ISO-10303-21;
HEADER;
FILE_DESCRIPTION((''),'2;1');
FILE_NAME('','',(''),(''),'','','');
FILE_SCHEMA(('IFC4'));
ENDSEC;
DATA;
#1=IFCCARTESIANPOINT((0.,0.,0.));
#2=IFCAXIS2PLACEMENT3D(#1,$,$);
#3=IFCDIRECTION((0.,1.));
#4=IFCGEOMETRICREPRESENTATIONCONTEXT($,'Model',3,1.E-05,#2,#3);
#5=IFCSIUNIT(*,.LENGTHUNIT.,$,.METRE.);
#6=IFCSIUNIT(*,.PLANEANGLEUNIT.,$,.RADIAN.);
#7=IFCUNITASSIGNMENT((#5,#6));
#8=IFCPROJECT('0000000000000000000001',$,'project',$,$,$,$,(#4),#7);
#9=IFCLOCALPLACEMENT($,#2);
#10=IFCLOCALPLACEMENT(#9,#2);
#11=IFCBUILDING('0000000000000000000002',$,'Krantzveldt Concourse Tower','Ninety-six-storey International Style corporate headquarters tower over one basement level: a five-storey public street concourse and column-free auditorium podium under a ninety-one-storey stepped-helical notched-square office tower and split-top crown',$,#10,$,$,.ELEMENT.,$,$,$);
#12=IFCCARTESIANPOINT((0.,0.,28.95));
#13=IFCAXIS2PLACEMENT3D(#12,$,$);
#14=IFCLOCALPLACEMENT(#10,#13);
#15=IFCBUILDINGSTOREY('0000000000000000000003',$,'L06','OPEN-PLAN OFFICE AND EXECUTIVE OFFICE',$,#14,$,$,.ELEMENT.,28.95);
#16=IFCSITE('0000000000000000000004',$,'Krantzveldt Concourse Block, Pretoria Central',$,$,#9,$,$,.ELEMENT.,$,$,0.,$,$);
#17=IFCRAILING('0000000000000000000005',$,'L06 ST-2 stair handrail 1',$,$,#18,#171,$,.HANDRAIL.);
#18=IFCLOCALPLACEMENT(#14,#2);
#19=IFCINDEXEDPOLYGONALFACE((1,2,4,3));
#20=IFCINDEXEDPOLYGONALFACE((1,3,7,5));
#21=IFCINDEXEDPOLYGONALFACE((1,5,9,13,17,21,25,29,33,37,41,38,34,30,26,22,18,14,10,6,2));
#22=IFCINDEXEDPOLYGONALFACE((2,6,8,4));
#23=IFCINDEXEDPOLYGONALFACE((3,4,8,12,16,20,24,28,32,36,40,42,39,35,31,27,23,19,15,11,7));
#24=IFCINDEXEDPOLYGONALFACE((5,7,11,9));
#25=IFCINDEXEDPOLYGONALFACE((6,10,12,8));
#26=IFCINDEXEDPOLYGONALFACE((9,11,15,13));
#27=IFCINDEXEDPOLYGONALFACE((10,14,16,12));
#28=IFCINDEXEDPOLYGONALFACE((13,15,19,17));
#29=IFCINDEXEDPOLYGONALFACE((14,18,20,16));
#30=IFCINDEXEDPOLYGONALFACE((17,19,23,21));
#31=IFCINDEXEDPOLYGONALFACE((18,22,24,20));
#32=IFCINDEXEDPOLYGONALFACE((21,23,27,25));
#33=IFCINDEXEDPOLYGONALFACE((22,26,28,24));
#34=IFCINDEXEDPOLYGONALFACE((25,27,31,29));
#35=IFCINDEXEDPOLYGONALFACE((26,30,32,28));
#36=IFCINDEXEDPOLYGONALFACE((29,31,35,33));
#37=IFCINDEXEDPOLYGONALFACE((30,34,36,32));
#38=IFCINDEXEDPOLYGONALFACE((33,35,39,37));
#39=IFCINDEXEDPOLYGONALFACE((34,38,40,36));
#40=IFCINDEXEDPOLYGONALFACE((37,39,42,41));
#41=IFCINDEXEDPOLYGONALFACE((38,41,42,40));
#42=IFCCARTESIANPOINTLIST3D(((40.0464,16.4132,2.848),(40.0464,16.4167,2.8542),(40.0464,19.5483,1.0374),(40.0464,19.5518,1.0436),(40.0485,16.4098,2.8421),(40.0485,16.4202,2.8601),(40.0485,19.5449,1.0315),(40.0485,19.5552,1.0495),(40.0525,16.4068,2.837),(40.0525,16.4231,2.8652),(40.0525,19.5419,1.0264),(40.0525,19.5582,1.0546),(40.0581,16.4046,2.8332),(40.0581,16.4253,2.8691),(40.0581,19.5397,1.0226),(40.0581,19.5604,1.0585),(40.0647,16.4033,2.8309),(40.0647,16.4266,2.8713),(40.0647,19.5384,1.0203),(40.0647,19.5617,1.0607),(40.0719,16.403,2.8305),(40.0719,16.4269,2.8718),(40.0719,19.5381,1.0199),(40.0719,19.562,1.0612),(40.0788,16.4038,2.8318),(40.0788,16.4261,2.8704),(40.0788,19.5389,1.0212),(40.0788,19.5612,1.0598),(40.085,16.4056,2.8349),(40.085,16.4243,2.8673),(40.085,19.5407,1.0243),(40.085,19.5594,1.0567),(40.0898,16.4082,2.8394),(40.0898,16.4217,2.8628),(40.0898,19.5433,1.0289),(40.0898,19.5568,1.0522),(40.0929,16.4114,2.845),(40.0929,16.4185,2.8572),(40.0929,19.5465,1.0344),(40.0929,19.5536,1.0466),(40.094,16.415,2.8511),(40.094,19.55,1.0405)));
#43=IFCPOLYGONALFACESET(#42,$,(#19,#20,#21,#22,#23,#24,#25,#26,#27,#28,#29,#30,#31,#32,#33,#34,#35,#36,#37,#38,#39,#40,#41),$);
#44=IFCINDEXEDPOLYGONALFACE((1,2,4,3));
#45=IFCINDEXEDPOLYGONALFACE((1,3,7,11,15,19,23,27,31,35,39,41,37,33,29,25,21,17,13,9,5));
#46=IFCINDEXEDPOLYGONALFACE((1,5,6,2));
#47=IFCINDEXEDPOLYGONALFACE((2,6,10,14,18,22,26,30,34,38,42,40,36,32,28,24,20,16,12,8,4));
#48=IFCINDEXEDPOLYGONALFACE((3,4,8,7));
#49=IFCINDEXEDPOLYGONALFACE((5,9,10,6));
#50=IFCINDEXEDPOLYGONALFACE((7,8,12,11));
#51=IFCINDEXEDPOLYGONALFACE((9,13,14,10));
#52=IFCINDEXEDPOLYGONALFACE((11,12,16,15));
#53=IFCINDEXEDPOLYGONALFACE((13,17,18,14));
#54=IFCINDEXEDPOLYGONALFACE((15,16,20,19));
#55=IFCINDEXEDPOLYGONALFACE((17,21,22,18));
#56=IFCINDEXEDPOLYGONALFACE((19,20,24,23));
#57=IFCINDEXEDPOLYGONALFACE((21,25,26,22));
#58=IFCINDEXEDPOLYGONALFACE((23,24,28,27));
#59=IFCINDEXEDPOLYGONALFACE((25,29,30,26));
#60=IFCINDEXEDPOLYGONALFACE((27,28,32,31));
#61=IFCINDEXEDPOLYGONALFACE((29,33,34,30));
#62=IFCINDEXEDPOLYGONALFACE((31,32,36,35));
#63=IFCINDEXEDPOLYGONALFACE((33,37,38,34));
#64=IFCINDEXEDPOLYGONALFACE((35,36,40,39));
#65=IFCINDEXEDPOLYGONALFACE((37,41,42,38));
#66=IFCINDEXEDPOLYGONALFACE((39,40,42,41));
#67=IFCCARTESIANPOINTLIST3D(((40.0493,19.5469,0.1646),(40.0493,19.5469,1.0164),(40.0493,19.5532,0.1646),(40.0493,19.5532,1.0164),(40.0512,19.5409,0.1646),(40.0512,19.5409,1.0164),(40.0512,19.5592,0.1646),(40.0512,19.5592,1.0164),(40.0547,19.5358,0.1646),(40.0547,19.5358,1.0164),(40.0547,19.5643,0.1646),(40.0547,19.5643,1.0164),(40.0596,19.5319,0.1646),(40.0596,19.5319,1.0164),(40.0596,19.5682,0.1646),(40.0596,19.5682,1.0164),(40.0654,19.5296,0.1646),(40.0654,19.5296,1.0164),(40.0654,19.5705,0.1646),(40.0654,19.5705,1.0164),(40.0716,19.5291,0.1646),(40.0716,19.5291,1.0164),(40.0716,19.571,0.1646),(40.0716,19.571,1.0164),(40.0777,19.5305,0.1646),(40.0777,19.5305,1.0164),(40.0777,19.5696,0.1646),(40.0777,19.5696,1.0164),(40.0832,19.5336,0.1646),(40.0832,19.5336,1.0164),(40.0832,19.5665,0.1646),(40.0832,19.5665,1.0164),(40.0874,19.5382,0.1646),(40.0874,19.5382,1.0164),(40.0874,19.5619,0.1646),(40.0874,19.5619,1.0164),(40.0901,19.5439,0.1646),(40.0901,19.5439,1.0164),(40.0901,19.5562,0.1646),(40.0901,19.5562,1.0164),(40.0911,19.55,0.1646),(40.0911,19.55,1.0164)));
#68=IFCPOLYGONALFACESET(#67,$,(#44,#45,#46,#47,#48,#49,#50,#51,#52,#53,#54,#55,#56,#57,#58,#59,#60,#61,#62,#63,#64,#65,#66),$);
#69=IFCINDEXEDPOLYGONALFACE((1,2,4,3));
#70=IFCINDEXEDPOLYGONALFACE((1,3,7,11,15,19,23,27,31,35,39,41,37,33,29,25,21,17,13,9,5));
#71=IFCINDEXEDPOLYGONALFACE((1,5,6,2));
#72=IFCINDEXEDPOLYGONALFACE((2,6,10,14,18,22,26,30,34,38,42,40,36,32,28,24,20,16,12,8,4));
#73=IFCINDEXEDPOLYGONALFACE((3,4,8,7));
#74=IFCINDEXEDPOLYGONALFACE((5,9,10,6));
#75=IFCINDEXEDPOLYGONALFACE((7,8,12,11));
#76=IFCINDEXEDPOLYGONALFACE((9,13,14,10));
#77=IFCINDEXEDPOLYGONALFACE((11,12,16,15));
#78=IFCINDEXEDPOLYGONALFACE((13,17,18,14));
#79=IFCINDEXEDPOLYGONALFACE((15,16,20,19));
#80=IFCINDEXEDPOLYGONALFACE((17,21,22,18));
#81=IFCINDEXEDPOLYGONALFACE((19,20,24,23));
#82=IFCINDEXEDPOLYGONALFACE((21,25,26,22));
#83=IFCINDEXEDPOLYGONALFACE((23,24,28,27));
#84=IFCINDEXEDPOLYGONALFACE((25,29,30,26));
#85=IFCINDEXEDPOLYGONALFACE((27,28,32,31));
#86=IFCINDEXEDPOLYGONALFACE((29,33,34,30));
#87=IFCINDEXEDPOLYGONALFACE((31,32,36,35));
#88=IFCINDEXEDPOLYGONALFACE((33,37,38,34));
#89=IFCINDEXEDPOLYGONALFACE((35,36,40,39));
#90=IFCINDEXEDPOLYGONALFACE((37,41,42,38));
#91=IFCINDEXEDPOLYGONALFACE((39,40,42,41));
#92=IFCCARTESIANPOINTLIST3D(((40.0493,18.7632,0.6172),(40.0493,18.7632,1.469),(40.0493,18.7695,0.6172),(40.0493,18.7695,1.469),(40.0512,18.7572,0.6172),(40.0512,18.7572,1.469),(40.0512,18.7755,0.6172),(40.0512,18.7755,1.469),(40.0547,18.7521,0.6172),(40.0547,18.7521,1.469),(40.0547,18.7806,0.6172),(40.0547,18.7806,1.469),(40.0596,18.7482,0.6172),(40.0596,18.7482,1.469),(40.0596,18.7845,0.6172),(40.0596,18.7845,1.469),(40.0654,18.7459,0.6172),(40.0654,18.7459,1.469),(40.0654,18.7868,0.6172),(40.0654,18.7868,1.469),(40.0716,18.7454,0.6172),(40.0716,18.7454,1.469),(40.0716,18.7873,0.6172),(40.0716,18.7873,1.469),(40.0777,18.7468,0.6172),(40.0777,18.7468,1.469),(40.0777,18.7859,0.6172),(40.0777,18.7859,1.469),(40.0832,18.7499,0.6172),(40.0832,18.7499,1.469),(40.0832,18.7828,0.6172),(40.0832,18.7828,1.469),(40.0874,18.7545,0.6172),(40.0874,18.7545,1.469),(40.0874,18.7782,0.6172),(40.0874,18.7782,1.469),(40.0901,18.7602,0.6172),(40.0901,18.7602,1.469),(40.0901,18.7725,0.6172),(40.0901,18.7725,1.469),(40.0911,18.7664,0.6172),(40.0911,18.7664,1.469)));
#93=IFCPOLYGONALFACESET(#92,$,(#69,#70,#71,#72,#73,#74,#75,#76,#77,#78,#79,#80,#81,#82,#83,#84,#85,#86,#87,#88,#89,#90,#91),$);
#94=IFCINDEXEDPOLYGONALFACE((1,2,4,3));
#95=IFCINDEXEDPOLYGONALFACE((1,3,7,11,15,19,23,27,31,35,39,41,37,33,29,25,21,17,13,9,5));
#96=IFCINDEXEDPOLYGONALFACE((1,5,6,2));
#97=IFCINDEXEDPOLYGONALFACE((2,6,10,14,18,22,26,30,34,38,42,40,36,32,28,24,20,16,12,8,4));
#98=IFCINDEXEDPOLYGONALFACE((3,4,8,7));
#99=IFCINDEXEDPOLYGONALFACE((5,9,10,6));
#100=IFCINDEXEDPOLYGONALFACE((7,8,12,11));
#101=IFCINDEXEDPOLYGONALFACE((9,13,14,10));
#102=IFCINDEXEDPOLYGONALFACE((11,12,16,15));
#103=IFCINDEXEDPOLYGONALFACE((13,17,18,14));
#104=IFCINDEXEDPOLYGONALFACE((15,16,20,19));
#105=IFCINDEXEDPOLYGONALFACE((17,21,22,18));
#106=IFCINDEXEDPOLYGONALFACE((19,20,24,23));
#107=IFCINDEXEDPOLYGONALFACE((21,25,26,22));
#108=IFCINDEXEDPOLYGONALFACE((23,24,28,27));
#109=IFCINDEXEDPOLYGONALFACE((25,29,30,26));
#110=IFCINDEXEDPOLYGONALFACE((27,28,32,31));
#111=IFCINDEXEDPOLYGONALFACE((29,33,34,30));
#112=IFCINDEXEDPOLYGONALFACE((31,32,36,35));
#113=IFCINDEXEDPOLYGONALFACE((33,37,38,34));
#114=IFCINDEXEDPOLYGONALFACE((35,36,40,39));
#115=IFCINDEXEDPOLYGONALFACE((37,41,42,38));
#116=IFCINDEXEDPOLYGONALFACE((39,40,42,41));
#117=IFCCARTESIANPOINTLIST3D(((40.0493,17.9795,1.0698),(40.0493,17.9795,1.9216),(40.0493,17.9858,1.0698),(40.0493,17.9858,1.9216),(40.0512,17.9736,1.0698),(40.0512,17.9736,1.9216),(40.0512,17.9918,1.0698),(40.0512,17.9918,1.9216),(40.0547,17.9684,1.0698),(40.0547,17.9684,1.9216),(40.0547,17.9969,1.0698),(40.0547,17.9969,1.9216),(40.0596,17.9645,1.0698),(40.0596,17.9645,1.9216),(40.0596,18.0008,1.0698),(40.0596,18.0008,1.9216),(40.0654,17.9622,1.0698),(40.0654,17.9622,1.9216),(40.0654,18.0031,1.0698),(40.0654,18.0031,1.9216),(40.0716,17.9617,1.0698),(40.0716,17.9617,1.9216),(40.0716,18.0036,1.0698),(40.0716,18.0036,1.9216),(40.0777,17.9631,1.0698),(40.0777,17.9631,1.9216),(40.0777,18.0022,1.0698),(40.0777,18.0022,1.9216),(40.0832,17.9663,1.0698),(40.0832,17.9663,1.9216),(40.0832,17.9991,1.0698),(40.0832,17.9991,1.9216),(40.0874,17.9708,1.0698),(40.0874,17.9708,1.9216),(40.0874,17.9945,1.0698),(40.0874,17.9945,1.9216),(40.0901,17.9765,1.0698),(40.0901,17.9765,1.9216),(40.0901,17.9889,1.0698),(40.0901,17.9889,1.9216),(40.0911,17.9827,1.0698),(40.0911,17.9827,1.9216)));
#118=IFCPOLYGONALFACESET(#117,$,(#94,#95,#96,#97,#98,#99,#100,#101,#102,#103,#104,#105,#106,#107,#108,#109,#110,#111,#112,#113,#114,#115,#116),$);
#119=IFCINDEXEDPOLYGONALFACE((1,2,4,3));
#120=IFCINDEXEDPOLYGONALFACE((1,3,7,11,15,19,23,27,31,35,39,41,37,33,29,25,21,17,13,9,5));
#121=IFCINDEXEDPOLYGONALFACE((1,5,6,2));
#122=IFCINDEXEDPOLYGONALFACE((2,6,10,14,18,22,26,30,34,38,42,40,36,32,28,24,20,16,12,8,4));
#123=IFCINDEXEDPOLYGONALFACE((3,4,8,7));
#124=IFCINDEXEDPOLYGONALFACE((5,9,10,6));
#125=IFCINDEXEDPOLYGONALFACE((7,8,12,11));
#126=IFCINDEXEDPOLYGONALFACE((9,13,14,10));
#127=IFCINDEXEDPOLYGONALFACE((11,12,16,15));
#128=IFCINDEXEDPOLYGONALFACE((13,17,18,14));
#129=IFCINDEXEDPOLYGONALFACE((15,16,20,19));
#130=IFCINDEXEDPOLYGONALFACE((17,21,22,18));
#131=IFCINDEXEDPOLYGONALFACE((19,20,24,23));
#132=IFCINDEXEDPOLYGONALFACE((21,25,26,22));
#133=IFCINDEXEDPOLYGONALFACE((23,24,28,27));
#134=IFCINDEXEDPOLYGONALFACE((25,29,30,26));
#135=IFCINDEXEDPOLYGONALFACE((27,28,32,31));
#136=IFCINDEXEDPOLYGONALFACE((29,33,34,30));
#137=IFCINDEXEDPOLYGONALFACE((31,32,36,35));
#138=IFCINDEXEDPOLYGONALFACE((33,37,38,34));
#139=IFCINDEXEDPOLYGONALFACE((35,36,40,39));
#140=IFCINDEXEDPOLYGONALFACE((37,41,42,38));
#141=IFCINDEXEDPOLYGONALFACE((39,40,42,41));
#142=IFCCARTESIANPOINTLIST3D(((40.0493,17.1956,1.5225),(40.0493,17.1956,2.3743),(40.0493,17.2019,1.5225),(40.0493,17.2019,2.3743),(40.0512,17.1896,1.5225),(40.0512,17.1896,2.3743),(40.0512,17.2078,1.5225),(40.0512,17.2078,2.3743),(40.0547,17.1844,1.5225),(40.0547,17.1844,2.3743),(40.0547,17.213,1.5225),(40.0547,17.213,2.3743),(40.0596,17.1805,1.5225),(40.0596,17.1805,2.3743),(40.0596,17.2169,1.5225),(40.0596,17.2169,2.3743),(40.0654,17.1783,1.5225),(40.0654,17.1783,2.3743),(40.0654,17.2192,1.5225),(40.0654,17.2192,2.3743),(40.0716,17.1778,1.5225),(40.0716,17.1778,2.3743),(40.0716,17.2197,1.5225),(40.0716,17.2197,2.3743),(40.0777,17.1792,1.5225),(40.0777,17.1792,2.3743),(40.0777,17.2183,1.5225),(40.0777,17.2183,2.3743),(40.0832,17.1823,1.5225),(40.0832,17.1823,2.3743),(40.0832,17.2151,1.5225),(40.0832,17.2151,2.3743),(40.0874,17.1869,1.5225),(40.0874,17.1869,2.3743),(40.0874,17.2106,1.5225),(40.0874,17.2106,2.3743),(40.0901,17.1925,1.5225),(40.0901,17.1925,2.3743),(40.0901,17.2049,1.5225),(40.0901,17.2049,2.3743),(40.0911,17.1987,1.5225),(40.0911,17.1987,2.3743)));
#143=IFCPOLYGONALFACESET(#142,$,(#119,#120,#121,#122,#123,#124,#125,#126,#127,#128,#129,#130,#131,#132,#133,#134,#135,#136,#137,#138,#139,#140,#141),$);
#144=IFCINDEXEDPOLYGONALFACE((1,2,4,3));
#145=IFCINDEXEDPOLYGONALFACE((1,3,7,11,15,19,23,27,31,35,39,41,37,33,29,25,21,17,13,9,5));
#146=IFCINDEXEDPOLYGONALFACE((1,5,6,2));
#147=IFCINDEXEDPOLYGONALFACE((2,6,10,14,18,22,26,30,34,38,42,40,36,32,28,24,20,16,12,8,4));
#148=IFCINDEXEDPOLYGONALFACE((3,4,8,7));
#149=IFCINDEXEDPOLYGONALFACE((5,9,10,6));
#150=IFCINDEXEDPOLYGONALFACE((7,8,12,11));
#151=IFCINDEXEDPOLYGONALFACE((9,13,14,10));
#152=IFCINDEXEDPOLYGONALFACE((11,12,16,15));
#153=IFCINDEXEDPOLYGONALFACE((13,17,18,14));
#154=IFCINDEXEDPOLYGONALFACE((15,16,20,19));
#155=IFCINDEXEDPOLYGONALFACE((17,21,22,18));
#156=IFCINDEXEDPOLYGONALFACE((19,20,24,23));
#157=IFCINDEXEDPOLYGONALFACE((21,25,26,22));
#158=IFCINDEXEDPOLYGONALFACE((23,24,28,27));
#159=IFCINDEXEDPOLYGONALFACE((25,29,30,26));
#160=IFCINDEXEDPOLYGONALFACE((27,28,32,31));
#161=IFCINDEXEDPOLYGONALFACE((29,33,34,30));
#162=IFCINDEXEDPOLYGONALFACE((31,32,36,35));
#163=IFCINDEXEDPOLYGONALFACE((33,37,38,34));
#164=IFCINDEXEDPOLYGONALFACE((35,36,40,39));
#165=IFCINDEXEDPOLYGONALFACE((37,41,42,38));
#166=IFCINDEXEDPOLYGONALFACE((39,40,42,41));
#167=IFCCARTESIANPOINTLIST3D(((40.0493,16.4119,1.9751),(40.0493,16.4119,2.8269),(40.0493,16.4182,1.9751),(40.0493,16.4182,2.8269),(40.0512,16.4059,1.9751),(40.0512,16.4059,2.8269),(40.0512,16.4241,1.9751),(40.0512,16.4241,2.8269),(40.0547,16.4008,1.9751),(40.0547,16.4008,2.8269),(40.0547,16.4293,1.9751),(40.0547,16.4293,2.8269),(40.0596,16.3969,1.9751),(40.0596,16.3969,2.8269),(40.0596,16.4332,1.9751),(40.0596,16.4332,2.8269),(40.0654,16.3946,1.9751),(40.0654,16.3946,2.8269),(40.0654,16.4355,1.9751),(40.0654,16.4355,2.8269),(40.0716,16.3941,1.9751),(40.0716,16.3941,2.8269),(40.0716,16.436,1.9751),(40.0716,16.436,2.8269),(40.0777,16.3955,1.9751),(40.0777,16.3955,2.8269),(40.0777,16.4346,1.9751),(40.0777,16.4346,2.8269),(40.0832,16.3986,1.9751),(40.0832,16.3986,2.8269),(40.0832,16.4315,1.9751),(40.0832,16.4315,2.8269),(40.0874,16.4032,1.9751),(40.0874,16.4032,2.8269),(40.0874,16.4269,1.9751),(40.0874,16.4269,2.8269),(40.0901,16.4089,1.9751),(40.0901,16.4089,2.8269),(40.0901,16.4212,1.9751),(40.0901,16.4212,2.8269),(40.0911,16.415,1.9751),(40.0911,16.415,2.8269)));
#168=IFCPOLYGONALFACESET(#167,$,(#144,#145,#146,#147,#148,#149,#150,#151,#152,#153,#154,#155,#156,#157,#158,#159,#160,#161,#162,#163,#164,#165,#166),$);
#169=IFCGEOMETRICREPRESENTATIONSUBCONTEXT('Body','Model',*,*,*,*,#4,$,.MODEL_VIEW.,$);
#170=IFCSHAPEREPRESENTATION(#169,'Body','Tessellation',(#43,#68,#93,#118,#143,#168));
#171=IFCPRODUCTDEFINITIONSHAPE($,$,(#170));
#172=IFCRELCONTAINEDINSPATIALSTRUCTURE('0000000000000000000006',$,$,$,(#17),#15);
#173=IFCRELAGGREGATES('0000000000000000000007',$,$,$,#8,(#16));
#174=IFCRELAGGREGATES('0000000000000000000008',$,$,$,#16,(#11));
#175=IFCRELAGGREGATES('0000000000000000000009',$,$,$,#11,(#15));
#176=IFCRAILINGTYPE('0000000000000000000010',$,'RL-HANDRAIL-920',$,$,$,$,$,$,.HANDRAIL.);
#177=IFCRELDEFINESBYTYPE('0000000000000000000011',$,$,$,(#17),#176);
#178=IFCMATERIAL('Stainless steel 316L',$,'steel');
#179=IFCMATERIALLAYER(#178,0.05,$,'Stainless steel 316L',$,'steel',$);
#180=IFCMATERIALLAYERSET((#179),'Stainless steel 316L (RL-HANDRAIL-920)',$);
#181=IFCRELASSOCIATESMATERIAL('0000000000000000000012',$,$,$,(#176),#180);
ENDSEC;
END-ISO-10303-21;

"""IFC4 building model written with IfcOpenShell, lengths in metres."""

from ifc_helpers import new_model, si_unit, direction, frame, origin, origin_2d, place, context, subcontext, project, spatial, circle, extrude, material, layer, layer_set, type_object, element, save


model = new_model("IFC4")

# Units and contexts
model_context = context("Model", 3, precision=1e-05, world=origin(), true_north=direction((0.0, 1.0)))
body_context = subcontext(model_context, "Body", "Model", "MODEL_VIEW")
ifc_project = project(units=[si_unit("LENGTHUNIT", "METRE"), si_unit("PLANEANGLEUNIT", "RADIAN")], contexts=[model_context])

# Site, building, storey
site_placement = place(None, origin())
site = spatial("IfcSite", under=ifc_project, at=site_placement, Name="Krantzveldt Concourse Block, Pretoria Central", CompositionType="ELEMENT", RefElevation=0.0)
building_placement = place(site_placement, origin())
building = spatial("IfcBuilding", under=site, at=building_placement, Name="Krantzveldt Concourse Tower", Description="Ninety-six-storey International Style corporate headquarters tower over one basement level: a five-storey public street concourse and column-free auditorium podium under a ninety-one-storey stepped-helical notched-square office tower and split-top crown", CompositionType="ELEMENT")
storey_placement = place(building_placement, frame((0.0, 0.0, 28.95)))
storey = spatial("IfcBuildingStorey", under=building, at=storey_placement, Name="L06", Description="OPEN-PLAN OFFICE AND EXECUTIVE OFFICE", CompositionType="ELEMENT", Elevation=28.95)

# Shared definitions
ifc_material_1 = material(Name="Stainless steel 316L", Category="steel")

# Railing
ifc_layer_1 = layer(ifc_material_1, 0.05, Name="Stainless steel 316L", Category="steel")
ifc_layer_set_1 = layer_set([ifc_layer_1], Name="Stainless steel 316L (RL-HANDRAIL-920)")
railing_type_1 = type_object("IfcRailingType", Name="RL-HANDRAIL-920", PredefinedType="HANDRAIL", material=ifc_layer_set_1)
railing_1_placement = place(storey_placement, frame((40.0701, 19.55, 0.1646)))
element("IfcRailing", 1, at=railing_1_placement, inside=storey, type_object=railing_type_1, Name="L06 ST-2 stair handrail 1", PredefinedType="HANDRAIL", context=body_context, shape_type="SweptSolid", body=[
    extrude(circle(Radius=0.0239, at=origin_2d()), frame((0.0, 0.0, 0.876), z_axis=(0.0, -0.86596, 0.500114), x_axis=(1.0, 0.0, 0.0)), (0.0, 0.0, 1.0), 3.6204),
    extrude(circle(Radius=0.021, at=origin_2d()), origin(), (0.0, 0.0, 1.0), 0.8518),
    extrude(circle(Radius=0.021, at=origin_2d()), frame((0.0, -0.7837, 0.4526)), (0.0, 0.0, 1.0), 0.8518),
    extrude(circle(Radius=0.021, at=origin_2d()), frame((0.0, -1.5674, 0.9053)), (0.0, 0.0, 1.0), 0.8518),
    extrude(circle(Radius=0.021, at=origin_2d()), frame((0.0, -2.3513, 1.3579)), (0.0, 0.0, 1.0), 0.8518),
    extrude(circle(Radius=0.021, at=origin_2d()), frame((0.0, -3.135, 1.8105)), (0.0, 0.0, 1.0), 0.8518),
])

save(model, "model.ifc")
